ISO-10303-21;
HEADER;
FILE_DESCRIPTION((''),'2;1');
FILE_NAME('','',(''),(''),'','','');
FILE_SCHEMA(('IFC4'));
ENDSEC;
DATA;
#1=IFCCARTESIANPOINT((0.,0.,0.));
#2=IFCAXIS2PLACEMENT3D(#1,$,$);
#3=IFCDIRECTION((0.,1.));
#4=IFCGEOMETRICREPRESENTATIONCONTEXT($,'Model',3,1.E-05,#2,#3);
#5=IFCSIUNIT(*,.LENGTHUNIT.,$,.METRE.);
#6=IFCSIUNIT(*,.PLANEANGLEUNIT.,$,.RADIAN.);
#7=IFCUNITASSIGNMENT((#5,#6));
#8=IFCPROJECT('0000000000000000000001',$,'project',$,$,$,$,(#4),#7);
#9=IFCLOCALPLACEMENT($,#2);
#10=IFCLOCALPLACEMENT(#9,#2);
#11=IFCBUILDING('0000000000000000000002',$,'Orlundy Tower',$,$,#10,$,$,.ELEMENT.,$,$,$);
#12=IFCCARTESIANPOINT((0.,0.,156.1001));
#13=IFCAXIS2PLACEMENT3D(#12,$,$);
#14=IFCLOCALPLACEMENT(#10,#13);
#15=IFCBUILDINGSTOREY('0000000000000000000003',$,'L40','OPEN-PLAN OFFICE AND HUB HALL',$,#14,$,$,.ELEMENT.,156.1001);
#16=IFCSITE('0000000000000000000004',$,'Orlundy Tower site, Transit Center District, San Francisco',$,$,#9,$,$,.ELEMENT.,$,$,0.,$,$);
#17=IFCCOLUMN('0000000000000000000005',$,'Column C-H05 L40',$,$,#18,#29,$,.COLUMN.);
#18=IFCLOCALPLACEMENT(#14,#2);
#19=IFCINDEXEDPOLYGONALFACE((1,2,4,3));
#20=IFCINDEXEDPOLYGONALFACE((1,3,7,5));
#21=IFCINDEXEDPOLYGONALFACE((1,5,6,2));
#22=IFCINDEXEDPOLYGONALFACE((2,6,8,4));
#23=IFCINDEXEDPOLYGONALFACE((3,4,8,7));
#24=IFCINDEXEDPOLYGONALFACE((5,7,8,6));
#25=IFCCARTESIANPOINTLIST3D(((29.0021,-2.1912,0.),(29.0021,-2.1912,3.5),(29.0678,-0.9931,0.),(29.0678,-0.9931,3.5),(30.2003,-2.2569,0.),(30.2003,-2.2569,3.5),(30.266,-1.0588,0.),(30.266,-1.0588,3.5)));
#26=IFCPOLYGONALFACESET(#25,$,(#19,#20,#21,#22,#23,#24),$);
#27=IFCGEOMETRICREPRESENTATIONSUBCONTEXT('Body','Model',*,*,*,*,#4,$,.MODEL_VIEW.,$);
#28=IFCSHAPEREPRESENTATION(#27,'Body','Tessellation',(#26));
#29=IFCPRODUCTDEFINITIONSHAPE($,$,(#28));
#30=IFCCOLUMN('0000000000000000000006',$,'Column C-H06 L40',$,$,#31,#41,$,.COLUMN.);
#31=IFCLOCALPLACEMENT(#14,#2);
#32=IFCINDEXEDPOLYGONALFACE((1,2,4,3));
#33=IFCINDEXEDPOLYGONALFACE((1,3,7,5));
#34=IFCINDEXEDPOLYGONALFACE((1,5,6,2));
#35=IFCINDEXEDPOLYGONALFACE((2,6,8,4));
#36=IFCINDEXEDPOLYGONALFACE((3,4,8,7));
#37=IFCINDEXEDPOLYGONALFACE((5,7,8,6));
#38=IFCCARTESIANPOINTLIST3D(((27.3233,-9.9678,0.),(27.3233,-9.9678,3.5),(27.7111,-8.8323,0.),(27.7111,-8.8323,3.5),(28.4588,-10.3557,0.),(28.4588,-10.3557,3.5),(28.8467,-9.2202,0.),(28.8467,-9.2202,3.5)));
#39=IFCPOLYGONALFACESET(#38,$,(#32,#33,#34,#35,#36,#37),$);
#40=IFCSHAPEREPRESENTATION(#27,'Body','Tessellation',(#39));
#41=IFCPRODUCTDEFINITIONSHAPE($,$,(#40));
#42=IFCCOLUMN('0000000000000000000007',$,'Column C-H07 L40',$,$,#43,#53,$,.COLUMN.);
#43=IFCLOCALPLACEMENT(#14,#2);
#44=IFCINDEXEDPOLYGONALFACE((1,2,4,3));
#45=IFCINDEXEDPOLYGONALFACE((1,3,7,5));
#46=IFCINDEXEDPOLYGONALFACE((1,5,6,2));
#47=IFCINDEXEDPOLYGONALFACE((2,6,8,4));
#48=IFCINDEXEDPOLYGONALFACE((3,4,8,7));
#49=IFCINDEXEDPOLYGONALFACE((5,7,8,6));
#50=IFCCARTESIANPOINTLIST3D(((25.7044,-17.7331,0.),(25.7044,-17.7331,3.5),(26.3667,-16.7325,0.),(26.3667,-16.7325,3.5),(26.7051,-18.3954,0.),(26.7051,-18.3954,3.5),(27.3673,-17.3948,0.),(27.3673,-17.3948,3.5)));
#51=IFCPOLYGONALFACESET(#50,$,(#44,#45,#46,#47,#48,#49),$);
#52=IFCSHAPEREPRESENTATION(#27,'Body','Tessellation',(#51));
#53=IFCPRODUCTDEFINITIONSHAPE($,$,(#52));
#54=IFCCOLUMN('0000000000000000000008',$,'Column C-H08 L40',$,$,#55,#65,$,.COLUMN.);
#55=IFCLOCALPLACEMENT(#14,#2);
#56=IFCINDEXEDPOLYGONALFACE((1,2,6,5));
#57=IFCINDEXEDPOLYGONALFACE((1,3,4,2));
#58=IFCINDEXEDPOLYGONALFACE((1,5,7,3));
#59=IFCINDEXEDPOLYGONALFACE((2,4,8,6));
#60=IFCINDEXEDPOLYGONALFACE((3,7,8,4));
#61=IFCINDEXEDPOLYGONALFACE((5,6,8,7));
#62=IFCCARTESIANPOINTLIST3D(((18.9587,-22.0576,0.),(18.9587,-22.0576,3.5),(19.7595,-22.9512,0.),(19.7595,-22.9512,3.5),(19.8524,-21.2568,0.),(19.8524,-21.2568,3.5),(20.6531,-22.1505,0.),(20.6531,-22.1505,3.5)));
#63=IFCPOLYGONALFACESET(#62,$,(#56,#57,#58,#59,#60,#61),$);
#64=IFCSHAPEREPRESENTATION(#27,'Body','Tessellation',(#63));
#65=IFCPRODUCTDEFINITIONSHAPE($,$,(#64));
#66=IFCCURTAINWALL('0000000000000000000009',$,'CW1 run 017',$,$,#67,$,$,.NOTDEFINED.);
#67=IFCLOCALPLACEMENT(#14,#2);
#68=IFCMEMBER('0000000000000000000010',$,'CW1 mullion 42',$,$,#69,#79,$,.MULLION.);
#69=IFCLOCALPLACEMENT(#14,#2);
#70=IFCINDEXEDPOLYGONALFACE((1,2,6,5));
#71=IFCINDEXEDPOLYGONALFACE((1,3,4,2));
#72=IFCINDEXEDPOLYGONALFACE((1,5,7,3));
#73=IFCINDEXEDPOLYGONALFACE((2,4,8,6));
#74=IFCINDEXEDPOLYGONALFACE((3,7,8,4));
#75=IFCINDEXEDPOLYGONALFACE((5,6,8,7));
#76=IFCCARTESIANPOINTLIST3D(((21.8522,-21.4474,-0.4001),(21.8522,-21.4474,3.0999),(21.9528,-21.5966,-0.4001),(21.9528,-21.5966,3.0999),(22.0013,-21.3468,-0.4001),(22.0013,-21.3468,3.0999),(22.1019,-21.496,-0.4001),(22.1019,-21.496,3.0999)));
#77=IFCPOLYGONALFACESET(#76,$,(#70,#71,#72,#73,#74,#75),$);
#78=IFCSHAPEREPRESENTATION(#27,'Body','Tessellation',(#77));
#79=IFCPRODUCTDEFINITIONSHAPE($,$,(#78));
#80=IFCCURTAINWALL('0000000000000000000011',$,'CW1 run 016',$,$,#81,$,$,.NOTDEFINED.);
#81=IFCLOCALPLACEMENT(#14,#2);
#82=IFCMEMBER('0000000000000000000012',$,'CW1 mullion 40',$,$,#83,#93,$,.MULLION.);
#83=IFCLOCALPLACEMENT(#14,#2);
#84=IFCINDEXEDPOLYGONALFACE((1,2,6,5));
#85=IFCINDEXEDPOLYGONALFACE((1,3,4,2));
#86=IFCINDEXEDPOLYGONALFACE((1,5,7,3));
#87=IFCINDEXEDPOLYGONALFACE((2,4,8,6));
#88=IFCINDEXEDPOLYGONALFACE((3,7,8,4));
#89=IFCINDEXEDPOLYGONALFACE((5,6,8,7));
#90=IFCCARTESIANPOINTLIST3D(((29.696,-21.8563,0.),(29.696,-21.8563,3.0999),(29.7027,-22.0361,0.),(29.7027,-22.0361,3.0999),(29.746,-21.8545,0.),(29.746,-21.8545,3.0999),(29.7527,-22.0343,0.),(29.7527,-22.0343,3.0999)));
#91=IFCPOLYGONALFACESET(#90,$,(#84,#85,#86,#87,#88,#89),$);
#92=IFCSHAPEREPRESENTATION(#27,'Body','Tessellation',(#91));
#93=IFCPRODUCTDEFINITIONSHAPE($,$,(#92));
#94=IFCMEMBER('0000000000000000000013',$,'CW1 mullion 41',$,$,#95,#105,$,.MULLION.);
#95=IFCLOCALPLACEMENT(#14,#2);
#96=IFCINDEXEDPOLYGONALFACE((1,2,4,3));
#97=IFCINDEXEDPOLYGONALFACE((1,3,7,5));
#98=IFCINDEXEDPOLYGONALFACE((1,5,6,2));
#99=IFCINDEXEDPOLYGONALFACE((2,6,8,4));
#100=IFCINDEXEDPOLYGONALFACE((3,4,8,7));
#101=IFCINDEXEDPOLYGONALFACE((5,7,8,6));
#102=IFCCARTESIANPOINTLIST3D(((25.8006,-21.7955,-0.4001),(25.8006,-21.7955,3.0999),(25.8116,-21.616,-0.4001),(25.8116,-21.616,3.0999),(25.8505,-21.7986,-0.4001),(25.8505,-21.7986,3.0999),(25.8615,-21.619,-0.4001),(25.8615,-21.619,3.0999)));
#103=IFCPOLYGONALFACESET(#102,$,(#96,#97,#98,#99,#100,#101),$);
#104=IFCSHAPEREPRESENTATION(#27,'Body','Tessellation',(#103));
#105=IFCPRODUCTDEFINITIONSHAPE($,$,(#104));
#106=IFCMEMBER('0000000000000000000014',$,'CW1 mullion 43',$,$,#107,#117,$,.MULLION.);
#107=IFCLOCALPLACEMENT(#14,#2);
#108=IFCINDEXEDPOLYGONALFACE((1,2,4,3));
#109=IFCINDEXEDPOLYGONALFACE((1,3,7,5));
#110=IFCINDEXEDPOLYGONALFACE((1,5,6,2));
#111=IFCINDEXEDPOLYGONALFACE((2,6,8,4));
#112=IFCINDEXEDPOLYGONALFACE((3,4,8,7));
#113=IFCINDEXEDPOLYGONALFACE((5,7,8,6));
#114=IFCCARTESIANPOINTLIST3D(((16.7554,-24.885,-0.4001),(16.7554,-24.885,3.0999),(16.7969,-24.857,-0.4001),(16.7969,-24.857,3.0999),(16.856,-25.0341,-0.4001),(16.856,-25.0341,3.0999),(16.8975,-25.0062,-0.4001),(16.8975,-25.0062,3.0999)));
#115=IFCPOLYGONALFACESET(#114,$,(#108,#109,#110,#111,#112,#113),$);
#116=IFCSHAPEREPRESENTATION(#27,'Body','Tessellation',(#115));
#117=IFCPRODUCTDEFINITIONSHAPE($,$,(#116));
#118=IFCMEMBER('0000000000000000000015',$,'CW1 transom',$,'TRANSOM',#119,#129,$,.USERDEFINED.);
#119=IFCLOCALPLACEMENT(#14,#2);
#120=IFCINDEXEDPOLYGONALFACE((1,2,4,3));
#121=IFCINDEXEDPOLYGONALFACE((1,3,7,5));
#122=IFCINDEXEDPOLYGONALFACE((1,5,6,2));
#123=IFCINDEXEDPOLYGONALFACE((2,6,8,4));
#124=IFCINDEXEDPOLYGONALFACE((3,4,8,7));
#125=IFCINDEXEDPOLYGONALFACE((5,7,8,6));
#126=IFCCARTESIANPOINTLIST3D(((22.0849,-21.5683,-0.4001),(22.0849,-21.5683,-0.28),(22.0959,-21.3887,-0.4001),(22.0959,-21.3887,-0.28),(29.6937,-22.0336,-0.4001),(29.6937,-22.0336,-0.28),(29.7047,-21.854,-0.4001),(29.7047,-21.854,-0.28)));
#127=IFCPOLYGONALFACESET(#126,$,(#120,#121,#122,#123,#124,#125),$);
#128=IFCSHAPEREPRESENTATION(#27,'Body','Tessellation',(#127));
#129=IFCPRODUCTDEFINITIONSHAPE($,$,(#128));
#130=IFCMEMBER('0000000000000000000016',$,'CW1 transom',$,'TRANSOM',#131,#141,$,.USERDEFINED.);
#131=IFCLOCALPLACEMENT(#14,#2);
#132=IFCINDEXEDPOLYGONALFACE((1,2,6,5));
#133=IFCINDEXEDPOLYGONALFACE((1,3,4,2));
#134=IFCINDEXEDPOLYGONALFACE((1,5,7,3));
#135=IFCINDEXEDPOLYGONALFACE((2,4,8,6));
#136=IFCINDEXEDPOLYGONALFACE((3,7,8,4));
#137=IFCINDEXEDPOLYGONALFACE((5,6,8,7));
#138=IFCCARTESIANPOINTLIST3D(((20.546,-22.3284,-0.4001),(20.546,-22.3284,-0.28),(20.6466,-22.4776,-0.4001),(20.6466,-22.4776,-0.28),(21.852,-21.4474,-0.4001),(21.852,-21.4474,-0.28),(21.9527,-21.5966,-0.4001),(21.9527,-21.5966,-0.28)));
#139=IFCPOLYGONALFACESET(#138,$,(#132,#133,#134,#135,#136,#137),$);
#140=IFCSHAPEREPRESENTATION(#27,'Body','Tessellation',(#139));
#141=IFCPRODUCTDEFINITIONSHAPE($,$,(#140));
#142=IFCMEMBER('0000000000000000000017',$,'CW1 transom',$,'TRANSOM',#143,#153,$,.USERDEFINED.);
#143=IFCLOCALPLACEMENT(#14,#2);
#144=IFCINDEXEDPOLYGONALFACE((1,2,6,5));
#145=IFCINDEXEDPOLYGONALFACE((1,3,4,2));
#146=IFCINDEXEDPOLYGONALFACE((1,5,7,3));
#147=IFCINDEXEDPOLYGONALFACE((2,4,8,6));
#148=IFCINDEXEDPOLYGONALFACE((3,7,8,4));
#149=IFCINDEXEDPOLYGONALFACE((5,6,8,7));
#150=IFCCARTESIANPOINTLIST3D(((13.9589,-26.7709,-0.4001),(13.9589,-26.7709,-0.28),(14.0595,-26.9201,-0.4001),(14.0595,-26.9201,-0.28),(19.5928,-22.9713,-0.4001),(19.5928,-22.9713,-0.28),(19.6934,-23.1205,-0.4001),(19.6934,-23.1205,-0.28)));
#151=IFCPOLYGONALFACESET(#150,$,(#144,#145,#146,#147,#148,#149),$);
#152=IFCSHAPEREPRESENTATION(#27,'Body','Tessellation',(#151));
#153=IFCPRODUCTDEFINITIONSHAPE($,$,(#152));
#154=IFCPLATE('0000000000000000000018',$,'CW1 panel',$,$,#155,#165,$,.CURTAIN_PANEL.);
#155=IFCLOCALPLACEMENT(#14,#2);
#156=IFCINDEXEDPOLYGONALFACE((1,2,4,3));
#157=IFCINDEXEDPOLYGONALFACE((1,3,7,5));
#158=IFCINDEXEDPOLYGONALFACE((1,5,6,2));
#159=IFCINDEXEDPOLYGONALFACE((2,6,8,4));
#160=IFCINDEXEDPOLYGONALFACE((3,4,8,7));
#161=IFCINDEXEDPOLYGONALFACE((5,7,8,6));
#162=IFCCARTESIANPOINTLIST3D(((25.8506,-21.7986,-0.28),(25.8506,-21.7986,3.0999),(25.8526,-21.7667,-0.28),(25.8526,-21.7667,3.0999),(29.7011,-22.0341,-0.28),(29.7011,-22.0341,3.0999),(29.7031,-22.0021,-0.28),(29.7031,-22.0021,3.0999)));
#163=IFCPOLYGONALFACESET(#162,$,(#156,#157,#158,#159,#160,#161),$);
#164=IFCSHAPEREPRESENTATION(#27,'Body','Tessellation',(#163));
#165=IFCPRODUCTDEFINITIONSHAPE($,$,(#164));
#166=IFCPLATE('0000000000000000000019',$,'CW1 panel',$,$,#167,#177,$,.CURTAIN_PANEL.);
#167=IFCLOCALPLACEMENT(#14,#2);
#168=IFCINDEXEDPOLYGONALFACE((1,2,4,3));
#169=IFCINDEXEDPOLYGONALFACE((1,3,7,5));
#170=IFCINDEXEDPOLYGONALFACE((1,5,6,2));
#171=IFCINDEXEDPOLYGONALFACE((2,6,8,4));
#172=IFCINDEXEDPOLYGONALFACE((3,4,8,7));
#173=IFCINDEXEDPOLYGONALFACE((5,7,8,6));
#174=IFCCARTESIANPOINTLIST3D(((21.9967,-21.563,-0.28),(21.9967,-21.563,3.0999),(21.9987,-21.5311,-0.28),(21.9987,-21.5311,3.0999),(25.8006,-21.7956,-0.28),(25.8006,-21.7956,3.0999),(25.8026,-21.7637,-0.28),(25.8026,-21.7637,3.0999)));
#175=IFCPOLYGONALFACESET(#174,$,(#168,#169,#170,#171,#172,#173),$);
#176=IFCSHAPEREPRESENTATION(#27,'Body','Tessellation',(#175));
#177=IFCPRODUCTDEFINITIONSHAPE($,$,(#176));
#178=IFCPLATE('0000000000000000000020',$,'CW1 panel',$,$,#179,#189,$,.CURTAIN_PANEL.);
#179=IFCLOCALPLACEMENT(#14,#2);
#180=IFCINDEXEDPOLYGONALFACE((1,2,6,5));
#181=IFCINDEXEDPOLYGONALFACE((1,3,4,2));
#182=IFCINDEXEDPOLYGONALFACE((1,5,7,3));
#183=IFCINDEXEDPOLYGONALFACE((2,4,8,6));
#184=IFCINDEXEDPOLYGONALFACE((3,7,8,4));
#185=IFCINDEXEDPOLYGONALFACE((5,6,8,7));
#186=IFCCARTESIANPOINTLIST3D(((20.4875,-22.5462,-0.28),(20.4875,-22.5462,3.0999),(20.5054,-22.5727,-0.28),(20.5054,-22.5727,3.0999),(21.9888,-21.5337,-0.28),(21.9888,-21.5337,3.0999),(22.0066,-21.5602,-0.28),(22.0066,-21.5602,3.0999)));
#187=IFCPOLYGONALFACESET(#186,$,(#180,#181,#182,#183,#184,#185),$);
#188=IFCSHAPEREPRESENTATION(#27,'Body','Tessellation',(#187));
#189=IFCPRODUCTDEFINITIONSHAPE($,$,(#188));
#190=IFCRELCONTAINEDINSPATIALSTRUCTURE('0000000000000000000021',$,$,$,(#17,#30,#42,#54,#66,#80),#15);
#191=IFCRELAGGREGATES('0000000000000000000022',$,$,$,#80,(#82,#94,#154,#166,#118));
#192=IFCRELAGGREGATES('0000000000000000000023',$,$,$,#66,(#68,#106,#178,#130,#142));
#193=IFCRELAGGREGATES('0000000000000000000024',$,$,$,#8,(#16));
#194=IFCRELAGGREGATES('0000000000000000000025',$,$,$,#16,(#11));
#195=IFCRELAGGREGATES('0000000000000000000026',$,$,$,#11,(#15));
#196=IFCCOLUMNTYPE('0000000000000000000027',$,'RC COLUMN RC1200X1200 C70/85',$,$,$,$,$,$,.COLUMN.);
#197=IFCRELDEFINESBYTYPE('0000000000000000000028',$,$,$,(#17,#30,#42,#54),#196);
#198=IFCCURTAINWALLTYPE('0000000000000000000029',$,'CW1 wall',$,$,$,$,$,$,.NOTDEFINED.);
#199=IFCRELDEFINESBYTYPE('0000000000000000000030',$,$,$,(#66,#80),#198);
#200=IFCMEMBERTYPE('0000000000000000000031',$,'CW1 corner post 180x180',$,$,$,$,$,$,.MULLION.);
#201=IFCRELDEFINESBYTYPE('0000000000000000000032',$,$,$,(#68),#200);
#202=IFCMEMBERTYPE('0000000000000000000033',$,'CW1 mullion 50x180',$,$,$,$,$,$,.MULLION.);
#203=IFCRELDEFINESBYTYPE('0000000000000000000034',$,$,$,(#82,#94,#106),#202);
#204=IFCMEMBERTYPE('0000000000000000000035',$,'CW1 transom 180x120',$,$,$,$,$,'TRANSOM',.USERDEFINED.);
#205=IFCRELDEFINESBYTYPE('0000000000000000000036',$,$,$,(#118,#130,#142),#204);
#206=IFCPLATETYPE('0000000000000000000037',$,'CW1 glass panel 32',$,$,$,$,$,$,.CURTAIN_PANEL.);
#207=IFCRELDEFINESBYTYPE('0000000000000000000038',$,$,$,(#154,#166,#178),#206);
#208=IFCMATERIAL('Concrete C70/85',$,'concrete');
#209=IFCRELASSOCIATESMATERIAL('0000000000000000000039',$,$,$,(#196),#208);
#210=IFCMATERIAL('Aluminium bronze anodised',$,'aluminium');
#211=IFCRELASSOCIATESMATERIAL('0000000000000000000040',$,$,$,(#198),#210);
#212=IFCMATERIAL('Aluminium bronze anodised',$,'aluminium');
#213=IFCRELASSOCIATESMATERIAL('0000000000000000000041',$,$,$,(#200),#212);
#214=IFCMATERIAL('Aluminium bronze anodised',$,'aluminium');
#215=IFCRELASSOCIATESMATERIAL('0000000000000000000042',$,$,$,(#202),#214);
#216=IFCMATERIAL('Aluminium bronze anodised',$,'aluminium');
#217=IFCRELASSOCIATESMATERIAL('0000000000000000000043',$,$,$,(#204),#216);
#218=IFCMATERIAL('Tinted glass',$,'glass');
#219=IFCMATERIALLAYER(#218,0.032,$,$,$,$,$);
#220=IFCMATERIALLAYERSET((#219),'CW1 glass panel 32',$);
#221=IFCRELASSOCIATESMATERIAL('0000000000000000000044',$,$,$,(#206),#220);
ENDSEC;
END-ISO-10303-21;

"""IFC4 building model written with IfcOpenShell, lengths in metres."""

from ifc_helpers import new_model, si_unit, direction, frame, origin, origin_2d, place, context, subcontext, project, spatial, rectangle, extrude, material, layer, layer_set, material_profile, profile_set, type_object, element, aggregate, save


model = new_model("IFC4")

# Units and contexts
model_context = context("Model", 3, precision=1e-05, world=origin(), true_north=direction((0.0, 1.0)))
body_context = subcontext(model_context, "Body", "Model", "MODEL_VIEW")
ifc_project = project(units=[si_unit("LENGTHUNIT", "METRE"), si_unit("PLANEANGLEUNIT", "RADIAN")], contexts=[model_context])

# Site, building, storey
site_placement = place(None, origin())
site = spatial("IfcSite", under=ifc_project, at=site_placement, Name="Orlundy Tower site, Transit Center District, San Francisco", CompositionType="ELEMENT", RefElevation=0.0)
building_placement = place(site_placement, origin())
building = spatial("IfcBuilding", under=site, at=building_placement, Name="Orlundy Tower", CompositionType="ELEMENT")
storey_placement = place(building_placement, frame((0.0, 0.0, 156.1001)))
storey = spatial("IfcBuildingStorey", under=building, at=storey_placement, Name="L40", Description="OPEN-PLAN OFFICE AND HUB HALL", CompositionType="ELEMENT", Elevation=156.1001)

# Columns
ifc_material_1 = material(Name="Concrete C70/85", Category="concrete")
ifc_material_profile_1 = material_profile(ifc_material_1, rectangle(XDim=1.2, YDim=1.2, at=origin_2d()), Name="RC1200X1200")
ifc_profile_set_1 = profile_set([ifc_material_profile_1], Name="Concrete C70/85")
column_type = type_object("IfcColumnType", Name="RC COLUMN RC1200X1200 C70/85", PredefinedType="COLUMN", material=ifc_profile_set_1)
for number, where, z_axis, x_axis, name in (
    (1, (29.634, -1.625, 0.0), (0.0, 0.0, 1.0), (0.9985, -0.054758, 0.0), "Column C-H05 L40"),
    (2, (28.085, -9.594, 0.0), (0.0, 0.0, 1.0), (0.946311, -0.323257, 0.0), "Column C-H06 L40"),
    (3, (26.5359, -17.564, 0.0), (0.0, 0.0, 1.0), (0.833886, -0.551937, 0.0), "Column C-H07 L40"),
    (4, (19.8059, -22.104, 0.0), (0.0, 0.0, 1.0), (0.667339, -0.744754, 0.0), "Column C-H08 L40"),
):
    element("IfcColumn", number, at=place(storey_placement, frame(where, z_axis=z_axis, x_axis=x_axis)), inside=storey, type_object=column_type, Name=name, PredefinedType="COLUMN", context=body_context, shape_type="SweptSolid", body=[
        extrude(rectangle(XDim=1.2, YDim=1.2, at=origin_2d()), origin(), (0.0, 0.0, 1.0), 3.5),
    ])

# Curtain wall, member
ifc_material_2 = material(Name="Aluminium bronze anodised", Category="aluminium")
curtain_wall_type = type_object("IfcCurtainWallType", Name="CW1 wall", PredefinedType="NOTDEFINED", material=ifc_material_2)
curtain_wall_1_placement = place(storey_placement, origin())
curtain_wall_1 = element("IfcCurtainWall", 5, at=curtain_wall_1_placement, inside=storey, type_object=curtain_wall_type, Name="CW1 run 017", PredefinedType="NOTDEFINED")
ifc_material_3 = material(Name="Aluminium bronze anodised", Category="aluminium")
ifc_material_profile_2 = material_profile(ifc_material_3, rectangle(XDim=0.1799, YDim=0.1799, at=origin_2d()), Name="CW1 corner post 180x180")
ifc_profile_set_2 = profile_set([ifc_material_profile_2], Name="Aluminium bronze anodised")
member_type_1 = type_object("IfcMemberType", Name="CW1 corner post 180x180", PredefinedType="MULLION", material=ifc_profile_set_2)
member_1_placement = place(storey_placement, frame((21.9771, -21.4717, -0.4001), z_axis=(0.0, 0.0, 1.0), x_axis=(0.559165, -0.829057, 0.0)))
member_1 = element("IfcMember", 6, at=member_1_placement, type_object=member_type_1, Name="CW1 mullion 42", PredefinedType="MULLION", context=body_context, shape_type="SweptSolid", body=[
    extrude(rectangle(XDim=0.1799, YDim=0.1799, at=origin_2d()), origin(), (0.0, 0.0, 1.0), 3.5),
])

# Curtain wall, members
curtain_wall_2_placement = place(storey_placement, origin())
curtain_wall_2 = element("IfcCurtainWall", 7, at=curtain_wall_2_placement, inside=storey, type_object=curtain_wall_type, Name="CW1 run 016", PredefinedType="NOTDEFINED")
ifc_material_4 = material(Name="Aluminium bronze anodised", Category="aluminium")
ifc_material_profile_3 = material_profile(ifc_material_4, rectangle(XDim=0.1799, YDim=0.05, at=origin_2d()), Name="CW1 mullion 50x180")
ifc_profile_set_3 = profile_set([ifc_material_profile_3], Name="Aluminium bronze anodised")
member_type_2 = type_object("IfcMemberType", Name="CW1 mullion 50x180", PredefinedType="MULLION", material=ifc_profile_set_3)
member_2_placement = place(storey_placement, frame((29.7244, -21.9453, 0.0), z_axis=(0.0, 0.0, 1.0), x_axis=(0.037108, -0.999311, 0.0)))
member_2 = element("IfcMember", 8, at=member_2_placement, type_object=member_type_2, Name="CW1 mullion 40", PredefinedType="MULLION", context=body_context, shape_type="SweptSolid", body=[
    extrude(rectangle(XDim=0.1799, YDim=0.05, at=origin_2d()), origin(), (0.0, 0.0, 1.0), 3.0999),
])
member_3_placement = place(storey_placement, frame((25.8311, -21.7073, -0.4001), z_axis=(0.0, 0.0, 1.0), x_axis=(-0.061026, -0.998136, 0.0)))
member_3 = element("IfcMember", 9, at=member_3_placement, type_object=member_type_2, Name="CW1 mullion 41", PredefinedType="MULLION", context=body_context, shape_type="SweptSolid", body=[
    extrude(rectangle(XDim=0.1799, YDim=0.05, at=origin_2d()), origin(), (0.0, 0.0, 1.0), 3.5),
])

# Members
member_4_placement = place(storey_placement, frame((16.8264, -24.9456, -0.4001), z_axis=(0.0, 0.0, 1.0), x_axis=(0.559165, -0.829057, 0.0)))
member_4 = element("IfcMember", 10, at=member_4_placement, type_object=member_type_2, Name="CW1 mullion 43", PredefinedType="MULLION", context=body_context, shape_type="SweptSolid", body=[
    extrude(rectangle(XDim=0.1799, YDim=0.05, at=origin_2d()), origin(), (0.0, 0.0, 1.0), 3.5),
])
ifc_material_5 = material(Name="Aluminium bronze anodised", Category="aluminium")
ifc_material_profile_4 = material_profile(ifc_material_5, rectangle(XDim=0.1799, YDim=0.1201, at=origin_2d()), Name="CW1 transom 180x120")
ifc_profile_set_4 = profile_set([ifc_material_profile_4], Name="Aluminium bronze anodised")
member_type_3 = type_object("IfcMemberType", Name="CW1 transom 180x120", ElementType="TRANSOM", PredefinedType="USERDEFINED", material=ifc_profile_set_4)
member_5_placement = place(storey_placement, frame((29.6992, -21.9438, -0.3401), z_axis=(-0.998135, 0.061042, 0.0), x_axis=(-0.061042, -0.998135, 0.0)))
member_5 = element("IfcMember", 11, at=member_5_placement, type_object=member_type_3, Name="CW1 transom", ObjectType="TRANSOM", PredefinedType="USERDEFINED", context=body_context, shape_type="SweptSolid", body=[
    extrude(rectangle(XDim=0.1799, YDim=0.1201, at=origin_2d()), origin(), (0.0, 0.0, 1.0), 7.623),
])
member_6_placement = place(storey_placement, frame((21.9023, -21.522, -0.3401), z_axis=(-0.82901, -0.559233, 0.0), x_axis=(0.559233, -0.82901, 0.0)))
member_6 = element("IfcMember", 12, at=member_6_placement, type_object=member_type_3, Name="CW1 transom", ObjectType="TRANSOM", PredefinedType="USERDEFINED", context=body_context, shape_type="SweptSolid", body=[
    extrude(rectangle(XDim=0.1799, YDim=0.1201, at=origin_2d()), origin(), (0.0, 0.0, 1.0), 1.5754),
])
member_7_placement = place(storey_placement, frame((19.6431, -23.0459, -0.3401), z_axis=(-0.82907, -0.559145, 0.0), x_axis=(0.559145, -0.82907, 0.0)))
member_7 = element("IfcMember", 13, at=member_7_placement, type_object=member_type_3, Name="CW1 transom", ObjectType="TRANSOM", PredefinedType="USERDEFINED", context=body_context, shape_type="SweptSolid", body=[
    extrude(rectangle(XDim=0.1799, YDim=0.1201, at=origin_2d()), origin(), (0.0, 0.0, 1.0), 6.7954),
])

# Plates
ifc_material_6 = material(Name="Tinted glass", Category="glass")
ifc_layer_1 = layer(ifc_material_6, 0.032)
ifc_layer_set_1 = layer_set([ifc_layer_1], Name="CW1 glass panel 32")
plate_type = type_object("IfcPlateType", Name="CW1 glass panel 32", PredefinedType="CURTAIN_PANEL", material=ifc_layer_set_1)
plate_1_placement = place(storey_placement, frame((27.7769, -21.9004, -0.28), z_axis=(0.0, 0.0, 1.0), x_axis=(-0.998136, 0.061026, 0.0)))
plate_1 = element("IfcPlate", 14, at=plate_1_placement, type_object=plate_type, Name="CW1 panel", PredefinedType="CURTAIN_PANEL", context=body_context, shape_type="SweptSolid", body=[
    extrude(rectangle(XDim=3.8577, YDim=0.032, at=origin_2d()), origin(), (0.0, 0.0, 1.0), 3.3799),
])
plate_2_placement = place(storey_placement, frame((23.8997, -21.6633, -0.28), z_axis=(0.0, 0.0, 1.0), x_axis=(-0.998136, 0.061026, 0.0)))
plate_2 = element("IfcPlate", 15, at=plate_2_placement, type_object=plate_type, Name="CW1 panel", PredefinedType="CURTAIN_PANEL", context=body_context, shape_type="SweptSolid", body=[
    extrude(rectangle(XDim=3.811, YDim=0.032, at=origin_2d()), origin(), (0.0, 0.0, 1.0), 3.3799),
])
aggregate(curtain_wall_2, [member_2, member_3, plate_1, plate_2, member_5])
plate_3_placement = place(storey_placement, frame((21.2471, -22.0532, -0.28), z_axis=(0.0, 0.0, 1.0), x_axis=(-0.829057, -0.559165, 0.0)))
plate_3 = element("IfcPlate", 16, at=plate_3_placement, type_object=plate_type, Name="CW1 panel", PredefinedType="CURTAIN_PANEL", context=body_context, shape_type="SweptSolid", body=[
    extrude(rectangle(XDim=1.8108, YDim=0.032, at=origin_2d()), origin(), (0.0, 0.0, 1.0), 3.3799),
])
aggregate(curtain_wall_1, [member_1, member_4, plate_3, member_6, member_7])

save(model, "model.ifc")
